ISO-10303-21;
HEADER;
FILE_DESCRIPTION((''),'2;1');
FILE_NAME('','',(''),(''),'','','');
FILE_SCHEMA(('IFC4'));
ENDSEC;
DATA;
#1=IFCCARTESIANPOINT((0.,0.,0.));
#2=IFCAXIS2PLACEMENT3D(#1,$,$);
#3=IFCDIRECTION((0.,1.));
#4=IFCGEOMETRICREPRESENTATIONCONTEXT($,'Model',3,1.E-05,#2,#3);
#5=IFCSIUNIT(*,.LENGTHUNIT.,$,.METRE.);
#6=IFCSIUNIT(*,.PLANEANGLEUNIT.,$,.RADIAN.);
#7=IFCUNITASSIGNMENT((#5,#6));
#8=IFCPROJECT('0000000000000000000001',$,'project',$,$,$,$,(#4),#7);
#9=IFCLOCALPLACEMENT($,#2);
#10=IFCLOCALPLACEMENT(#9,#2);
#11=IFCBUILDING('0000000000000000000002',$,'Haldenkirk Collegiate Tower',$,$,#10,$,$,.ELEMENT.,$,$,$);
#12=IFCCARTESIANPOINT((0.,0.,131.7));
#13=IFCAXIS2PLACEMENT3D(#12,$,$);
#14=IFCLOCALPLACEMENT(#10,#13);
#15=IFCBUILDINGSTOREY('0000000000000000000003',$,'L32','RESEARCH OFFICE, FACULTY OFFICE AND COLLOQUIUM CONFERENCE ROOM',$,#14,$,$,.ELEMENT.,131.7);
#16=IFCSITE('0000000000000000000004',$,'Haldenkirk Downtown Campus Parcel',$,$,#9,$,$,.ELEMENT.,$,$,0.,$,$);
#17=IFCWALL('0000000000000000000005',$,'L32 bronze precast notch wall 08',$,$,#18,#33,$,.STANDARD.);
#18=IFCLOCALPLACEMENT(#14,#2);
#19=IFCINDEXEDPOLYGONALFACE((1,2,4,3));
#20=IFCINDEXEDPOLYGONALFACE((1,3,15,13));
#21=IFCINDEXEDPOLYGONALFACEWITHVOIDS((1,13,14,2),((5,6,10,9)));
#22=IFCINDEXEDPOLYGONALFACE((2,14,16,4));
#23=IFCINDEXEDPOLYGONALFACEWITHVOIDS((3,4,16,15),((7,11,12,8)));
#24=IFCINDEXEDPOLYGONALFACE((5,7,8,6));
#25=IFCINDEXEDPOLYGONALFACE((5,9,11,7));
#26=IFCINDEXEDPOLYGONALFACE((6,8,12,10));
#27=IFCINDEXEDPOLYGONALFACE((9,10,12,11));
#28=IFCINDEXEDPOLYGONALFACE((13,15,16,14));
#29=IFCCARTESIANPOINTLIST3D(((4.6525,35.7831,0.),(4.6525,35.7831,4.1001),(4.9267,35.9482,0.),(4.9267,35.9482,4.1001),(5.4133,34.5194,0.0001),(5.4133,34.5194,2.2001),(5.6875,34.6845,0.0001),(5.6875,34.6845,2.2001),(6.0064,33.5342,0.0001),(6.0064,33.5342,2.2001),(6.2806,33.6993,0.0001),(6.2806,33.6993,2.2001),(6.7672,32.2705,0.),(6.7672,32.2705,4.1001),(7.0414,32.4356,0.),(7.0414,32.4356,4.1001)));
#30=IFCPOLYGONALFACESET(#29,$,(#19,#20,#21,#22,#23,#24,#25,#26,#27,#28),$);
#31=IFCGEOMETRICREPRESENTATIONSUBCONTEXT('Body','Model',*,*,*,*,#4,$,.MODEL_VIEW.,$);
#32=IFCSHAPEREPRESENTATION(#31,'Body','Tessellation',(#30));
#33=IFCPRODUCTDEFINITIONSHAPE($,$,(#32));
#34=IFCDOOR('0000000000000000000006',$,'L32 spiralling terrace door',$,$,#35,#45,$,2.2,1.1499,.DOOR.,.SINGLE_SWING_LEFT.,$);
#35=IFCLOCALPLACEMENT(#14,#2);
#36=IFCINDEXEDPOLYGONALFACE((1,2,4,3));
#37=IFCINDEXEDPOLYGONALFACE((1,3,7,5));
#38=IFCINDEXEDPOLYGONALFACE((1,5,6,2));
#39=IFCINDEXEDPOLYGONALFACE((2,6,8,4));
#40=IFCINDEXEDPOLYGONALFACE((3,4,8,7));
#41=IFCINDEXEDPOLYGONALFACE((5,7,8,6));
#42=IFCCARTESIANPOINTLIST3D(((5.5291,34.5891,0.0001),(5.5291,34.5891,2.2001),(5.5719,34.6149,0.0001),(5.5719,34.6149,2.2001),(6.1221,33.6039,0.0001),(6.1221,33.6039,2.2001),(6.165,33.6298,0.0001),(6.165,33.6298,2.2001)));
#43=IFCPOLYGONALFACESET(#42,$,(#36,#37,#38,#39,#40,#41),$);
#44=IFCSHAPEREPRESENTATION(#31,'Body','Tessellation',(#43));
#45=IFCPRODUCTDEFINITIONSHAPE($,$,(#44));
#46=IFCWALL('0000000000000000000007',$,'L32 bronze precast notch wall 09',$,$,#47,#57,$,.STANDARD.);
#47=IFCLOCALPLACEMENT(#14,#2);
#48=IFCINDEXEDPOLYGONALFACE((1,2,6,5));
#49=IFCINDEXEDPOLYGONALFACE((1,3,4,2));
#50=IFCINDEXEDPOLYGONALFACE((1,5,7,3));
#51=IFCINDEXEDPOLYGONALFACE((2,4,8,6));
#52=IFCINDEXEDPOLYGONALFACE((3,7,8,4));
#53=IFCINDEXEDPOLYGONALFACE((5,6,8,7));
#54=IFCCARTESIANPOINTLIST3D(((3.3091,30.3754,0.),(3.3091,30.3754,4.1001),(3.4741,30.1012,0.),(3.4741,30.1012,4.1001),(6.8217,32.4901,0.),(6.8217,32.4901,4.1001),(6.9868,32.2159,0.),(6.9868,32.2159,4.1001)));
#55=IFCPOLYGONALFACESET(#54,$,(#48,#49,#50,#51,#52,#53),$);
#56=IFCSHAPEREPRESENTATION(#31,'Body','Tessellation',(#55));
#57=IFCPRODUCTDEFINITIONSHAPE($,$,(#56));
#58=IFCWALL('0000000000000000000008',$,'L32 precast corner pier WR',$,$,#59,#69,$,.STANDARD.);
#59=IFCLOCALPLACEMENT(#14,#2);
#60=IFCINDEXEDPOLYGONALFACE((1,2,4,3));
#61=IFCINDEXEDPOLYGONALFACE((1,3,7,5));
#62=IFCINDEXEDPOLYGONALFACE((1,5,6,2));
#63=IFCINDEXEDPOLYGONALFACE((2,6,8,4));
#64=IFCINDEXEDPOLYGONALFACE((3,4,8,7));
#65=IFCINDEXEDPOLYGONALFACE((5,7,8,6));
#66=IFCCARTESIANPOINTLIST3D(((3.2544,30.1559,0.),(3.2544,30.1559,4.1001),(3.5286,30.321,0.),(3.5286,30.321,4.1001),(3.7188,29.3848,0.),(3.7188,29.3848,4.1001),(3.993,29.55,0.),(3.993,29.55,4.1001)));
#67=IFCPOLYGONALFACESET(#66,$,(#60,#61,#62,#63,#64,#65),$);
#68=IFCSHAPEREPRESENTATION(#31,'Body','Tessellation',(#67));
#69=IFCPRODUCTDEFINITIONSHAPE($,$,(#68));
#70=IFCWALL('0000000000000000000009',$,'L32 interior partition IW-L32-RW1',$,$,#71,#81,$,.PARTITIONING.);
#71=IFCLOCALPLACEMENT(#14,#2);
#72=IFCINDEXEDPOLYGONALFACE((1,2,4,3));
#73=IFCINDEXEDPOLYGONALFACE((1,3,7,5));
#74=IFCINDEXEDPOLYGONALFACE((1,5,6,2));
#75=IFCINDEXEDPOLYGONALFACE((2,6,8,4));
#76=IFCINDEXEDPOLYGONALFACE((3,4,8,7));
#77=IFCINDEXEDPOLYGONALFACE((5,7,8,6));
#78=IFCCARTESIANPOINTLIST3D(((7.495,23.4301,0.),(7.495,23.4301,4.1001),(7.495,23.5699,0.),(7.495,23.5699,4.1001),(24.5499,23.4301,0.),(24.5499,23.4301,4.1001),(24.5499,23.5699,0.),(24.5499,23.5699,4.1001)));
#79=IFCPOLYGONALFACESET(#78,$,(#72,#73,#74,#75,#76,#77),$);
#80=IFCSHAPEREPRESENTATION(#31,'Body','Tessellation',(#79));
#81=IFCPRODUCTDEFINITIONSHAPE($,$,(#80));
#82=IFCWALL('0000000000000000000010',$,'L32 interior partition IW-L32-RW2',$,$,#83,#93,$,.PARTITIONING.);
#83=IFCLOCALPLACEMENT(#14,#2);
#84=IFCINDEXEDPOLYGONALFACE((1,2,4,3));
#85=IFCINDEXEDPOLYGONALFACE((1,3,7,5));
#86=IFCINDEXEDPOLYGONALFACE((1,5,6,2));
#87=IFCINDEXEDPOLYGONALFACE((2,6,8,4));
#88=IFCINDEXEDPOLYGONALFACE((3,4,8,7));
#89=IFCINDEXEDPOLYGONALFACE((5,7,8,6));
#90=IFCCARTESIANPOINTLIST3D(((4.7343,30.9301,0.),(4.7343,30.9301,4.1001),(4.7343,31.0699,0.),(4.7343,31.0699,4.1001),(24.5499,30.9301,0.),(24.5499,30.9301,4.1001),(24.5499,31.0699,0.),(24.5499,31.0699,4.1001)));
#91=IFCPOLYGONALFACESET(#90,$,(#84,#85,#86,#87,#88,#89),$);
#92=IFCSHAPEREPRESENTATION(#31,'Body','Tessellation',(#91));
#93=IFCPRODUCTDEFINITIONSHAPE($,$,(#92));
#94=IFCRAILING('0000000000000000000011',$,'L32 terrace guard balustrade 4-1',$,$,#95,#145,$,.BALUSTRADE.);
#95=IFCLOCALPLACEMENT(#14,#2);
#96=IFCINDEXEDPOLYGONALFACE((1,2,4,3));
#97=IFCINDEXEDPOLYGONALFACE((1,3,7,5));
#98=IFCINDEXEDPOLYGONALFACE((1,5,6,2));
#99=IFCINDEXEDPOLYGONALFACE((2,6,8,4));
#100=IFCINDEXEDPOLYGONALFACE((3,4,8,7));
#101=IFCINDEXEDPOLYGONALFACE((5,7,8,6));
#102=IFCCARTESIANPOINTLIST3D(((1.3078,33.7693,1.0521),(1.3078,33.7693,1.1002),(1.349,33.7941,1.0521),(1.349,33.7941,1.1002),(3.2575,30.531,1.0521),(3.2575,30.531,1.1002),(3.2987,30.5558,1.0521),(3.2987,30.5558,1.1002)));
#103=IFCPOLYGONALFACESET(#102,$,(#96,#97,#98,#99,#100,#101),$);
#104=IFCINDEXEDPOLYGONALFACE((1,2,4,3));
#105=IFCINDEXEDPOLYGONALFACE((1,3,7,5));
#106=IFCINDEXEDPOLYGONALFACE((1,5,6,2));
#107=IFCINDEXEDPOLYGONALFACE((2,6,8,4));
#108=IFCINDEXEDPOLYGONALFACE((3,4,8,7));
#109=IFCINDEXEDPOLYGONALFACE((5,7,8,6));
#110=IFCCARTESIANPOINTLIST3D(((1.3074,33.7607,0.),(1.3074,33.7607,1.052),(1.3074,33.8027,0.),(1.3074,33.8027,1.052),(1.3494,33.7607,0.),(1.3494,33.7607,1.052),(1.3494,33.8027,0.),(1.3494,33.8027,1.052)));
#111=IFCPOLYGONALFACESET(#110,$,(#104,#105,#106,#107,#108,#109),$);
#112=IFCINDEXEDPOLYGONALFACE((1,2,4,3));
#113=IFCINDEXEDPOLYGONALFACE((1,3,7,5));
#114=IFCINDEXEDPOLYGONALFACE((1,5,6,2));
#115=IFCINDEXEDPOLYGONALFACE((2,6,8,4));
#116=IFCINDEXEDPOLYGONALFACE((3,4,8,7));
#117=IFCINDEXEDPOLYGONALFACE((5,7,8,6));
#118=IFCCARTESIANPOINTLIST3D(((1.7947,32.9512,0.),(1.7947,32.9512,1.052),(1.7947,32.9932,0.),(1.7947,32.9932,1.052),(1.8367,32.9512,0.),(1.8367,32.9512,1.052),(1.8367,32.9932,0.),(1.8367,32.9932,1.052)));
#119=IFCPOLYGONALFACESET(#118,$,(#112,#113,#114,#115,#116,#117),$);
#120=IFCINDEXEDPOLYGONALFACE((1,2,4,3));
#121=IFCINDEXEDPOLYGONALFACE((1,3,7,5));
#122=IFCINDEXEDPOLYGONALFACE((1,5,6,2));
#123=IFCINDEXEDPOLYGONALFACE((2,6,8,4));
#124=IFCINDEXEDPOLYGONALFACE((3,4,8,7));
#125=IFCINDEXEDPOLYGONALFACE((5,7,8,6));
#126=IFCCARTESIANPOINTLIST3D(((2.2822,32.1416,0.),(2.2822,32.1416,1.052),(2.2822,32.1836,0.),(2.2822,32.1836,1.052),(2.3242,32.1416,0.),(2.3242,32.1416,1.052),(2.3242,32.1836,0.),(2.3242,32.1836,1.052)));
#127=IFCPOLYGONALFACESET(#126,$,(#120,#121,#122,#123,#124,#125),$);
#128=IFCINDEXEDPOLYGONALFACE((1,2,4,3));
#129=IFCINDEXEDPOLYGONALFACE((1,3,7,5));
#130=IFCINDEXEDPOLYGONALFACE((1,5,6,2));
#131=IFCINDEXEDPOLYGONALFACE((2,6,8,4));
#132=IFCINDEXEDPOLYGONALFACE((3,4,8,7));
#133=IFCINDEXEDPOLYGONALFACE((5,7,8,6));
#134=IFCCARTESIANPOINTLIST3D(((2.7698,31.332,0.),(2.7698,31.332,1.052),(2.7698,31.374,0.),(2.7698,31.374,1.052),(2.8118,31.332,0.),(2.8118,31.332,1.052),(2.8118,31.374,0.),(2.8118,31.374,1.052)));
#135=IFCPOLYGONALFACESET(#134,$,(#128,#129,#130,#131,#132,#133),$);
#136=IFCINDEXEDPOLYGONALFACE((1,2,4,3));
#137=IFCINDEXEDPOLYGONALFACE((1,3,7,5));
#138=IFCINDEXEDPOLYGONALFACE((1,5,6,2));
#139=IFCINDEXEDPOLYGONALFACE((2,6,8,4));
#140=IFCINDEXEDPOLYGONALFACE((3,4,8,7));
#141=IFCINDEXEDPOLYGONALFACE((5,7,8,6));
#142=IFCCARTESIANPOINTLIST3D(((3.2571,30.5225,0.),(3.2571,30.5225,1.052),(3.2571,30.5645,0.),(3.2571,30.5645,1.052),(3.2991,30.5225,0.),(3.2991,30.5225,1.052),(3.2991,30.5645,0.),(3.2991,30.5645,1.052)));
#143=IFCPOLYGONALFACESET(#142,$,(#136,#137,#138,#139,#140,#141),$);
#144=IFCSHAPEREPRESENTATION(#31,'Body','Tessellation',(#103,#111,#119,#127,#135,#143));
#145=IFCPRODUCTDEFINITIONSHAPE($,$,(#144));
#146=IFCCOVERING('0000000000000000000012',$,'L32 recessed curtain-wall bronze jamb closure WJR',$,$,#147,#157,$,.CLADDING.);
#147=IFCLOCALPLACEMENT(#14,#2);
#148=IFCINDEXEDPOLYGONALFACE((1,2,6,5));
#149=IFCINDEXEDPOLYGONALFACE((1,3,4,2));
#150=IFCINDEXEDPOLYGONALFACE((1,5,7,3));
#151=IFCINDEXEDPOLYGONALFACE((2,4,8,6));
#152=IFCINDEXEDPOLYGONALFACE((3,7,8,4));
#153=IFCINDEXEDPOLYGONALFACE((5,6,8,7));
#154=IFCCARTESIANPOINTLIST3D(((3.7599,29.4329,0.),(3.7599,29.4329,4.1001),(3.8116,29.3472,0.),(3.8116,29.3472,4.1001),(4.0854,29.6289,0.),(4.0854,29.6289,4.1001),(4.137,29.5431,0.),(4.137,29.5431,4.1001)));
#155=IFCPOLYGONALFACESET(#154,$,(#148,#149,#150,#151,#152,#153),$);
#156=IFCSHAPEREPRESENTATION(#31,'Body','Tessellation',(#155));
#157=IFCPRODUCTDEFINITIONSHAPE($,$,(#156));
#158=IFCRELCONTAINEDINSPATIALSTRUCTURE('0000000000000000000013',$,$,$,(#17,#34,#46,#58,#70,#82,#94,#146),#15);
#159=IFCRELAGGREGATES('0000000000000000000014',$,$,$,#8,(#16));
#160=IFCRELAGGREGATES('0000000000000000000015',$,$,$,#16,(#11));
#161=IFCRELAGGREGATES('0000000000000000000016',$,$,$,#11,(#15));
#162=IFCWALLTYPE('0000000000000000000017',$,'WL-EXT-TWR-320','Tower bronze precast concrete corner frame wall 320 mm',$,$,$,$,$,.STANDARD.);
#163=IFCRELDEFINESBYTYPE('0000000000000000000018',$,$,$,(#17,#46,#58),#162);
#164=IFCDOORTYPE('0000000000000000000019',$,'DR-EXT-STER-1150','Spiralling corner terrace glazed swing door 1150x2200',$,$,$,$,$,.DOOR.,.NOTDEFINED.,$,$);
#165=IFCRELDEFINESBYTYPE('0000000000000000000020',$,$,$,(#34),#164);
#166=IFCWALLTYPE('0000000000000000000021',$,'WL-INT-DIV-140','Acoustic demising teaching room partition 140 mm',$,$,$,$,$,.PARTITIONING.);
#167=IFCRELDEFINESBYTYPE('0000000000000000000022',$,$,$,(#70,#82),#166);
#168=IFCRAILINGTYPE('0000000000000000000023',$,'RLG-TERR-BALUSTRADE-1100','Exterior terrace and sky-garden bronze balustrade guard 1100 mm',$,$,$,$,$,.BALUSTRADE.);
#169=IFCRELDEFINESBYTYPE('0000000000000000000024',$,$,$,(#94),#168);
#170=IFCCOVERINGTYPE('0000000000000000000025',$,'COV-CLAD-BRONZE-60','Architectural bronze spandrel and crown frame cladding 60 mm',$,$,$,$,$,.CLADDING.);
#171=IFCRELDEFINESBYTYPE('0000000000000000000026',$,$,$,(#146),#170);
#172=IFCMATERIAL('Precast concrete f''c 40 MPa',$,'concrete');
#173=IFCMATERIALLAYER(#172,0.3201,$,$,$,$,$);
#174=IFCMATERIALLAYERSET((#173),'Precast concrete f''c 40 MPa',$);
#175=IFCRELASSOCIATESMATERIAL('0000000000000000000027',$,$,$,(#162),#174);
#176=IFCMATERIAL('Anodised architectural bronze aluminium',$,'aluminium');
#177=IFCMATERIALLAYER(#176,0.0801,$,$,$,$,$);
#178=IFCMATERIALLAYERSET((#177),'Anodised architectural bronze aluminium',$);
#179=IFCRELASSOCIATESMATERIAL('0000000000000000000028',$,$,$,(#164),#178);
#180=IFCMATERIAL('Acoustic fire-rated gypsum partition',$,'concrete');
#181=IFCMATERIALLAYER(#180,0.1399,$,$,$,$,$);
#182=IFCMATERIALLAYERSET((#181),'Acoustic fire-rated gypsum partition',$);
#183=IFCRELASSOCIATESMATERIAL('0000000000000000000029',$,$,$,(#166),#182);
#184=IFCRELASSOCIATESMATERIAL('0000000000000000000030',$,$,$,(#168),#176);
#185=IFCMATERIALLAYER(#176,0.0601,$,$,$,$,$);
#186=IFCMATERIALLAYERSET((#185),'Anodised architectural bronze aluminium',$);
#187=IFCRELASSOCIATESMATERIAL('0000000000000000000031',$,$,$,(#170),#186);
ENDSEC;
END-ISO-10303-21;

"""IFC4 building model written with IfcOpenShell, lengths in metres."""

from ifc_helpers import new_model, si_unit, direction, frame, frame_2d, origin, origin_2d, place, context, subcontext, project, spatial, rectangle, extrude, source, transform, mapped, material, layer, layer_set, type_object, element, fill, save


model = new_model("IFC4")

# Units and contexts
model_context = context("Model", 3, precision=1e-05, world=origin(), true_north=direction((0.0, 1.0)))
body_context = subcontext(model_context, "Body", "Model", "MODEL_VIEW")
ifc_project = project(units=[si_unit("LENGTHUNIT", "METRE"), si_unit("PLANEANGLEUNIT", "RADIAN")], contexts=[model_context])

# Site, building, storey
site_placement = place(None, origin())
site = spatial("IfcSite", under=ifc_project, at=site_placement, Name="Haldenkirk Downtown Campus Parcel", CompositionType="ELEMENT", RefElevation=0.0)
building_placement = place(site_placement, origin())
building = spatial("IfcBuilding", under=site, at=building_placement, Name="Haldenkirk Collegiate Tower", CompositionType="ELEMENT")
storey_placement = place(building_placement, frame((0.0, 0.0, 131.7)))
storey = spatial("IfcBuildingStorey", under=building, at=storey_placement, Name="L32", Description="RESEARCH OFFICE, FACULTY OFFICE AND COLLOQUIUM CONFERENCE ROOM", CompositionType="ELEMENT", Elevation=131.7)

# Shared definitions
ifc_material_1 = material(Name="Anodised architectural bronze aluminium", Category="aluminium")

# Wall, opening, door
ifc_material_2 = material(Name="Precast concrete f'c 40 MPa", Category="concrete")
ifc_layer_1 = layer(ifc_material_2, 0.3201)
ifc_layer_set_1 = layer_set([ifc_layer_1], Name="Precast concrete f'c 40 MPa")
wall_type_1 = type_object("IfcWallType", Name="WL-EXT-TWR-320", Description="Tower bronze precast concrete corner frame wall 320 mm", PredefinedType="STANDARD", material=ifc_layer_set_1)
wall_1_placement = place(storey_placement, frame((6.9043, 32.353, 0.0), z_axis=(0.0, 0.0, 1.0), x_axis=(-0.515774, 0.856725, 0.0)))
wall_1 = element("IfcWall", 1, at=wall_1_placement, inside=storey, type_object=wall_type_1, Name="L32 bronze precast notch wall 08", PredefinedType="STANDARD", context=body_context, shape_type="SweptSolid", body=[
    extrude(rectangle(XDim=4.1001, YDim=0.3201, at=frame_2d((2.05, 0.0))), origin(), (0.0, 0.0, 1.0), 4.1001),
])
opening_1_placement = place(wall_1_placement, frame((1.4751, 0.0, 0.0)))
opening_1 = element("IfcOpeningElement", 2, at=opening_1_placement, cuts=wall_1, PredefinedType="OPENING", context=body_context, shape_type="SweptSolid", body=[
    extrude(rectangle(XDim=1.1499, YDim=2.2, at=frame_2d((0.575, 1.1001))), frame((0.0, 0.1699, 0.0), z_axis=(0.0, -1.0, 0.0), x_axis=(1.0, 0.0, 0.0)), (0.0, 0.0, 1.0), 0.3401),
])
ifc_layer_2 = layer(ifc_material_1, 0.0801)
ifc_layer_set_2 = layer_set([ifc_layer_2], Name="Anodised architectural bronze aluminium")
door_type_1 = type_object("IfcDoorType", Name="DR-EXT-STER-1150", Description="Spiralling corner terrace glazed swing door 1150x2200", OperationType="NOTDEFINED", PredefinedType="DOOR", material=ifc_layer_set_2)
door_1_placement = place(opening_1_placement, origin())
door_1 = element("IfcDoor", 3, at=door_1_placement, inside=storey, type_object=door_type_1, Name="L32 spiralling terrace door", OperationType="SINGLE_SWING_LEFT", OverallHeight=2.2, OverallWidth=1.1499, PredefinedType="DOOR", context=body_context, shape_type="SweptSolid", body=[
    extrude(rectangle(XDim=1.1499, YDim=2.2, at=frame_2d((0.575, 1.1001))), frame((0.0, 0.0249, 0.0), z_axis=(0.0, -1.0, 0.0), x_axis=(1.0, 0.0, 0.0)), (0.0, 0.0, 1.0), 0.05),
])
fill(opening_1, door_1)

# Walls
wall_2_placement = place(storey_placement, frame((3.3916, 30.2383, 0.0), z_axis=(0.0, 0.0, 1.0), x_axis=(0.856725, 0.515774, 0.0)))
element("IfcWall", 4, at=wall_2_placement, inside=storey, type_object=wall_type_1, Name="L32 bronze precast notch wall 09", PredefinedType="STANDARD", context=body_context, shape_type="SweptSolid", body=[
    extrude(rectangle(XDim=4.1001, YDim=0.3201, at=frame_2d((2.05, 0.0))), origin(), (0.0, 0.0, 1.0), 4.1001),
])
wall_3_placement = place(storey_placement, frame((3.856, 29.4673, 0.0), z_axis=(0.0, 0.0, 1.0), x_axis=(-0.515931, 0.85663, 0.0)))
element("IfcWall", 5, at=wall_3_placement, inside=storey, type_object=wall_type_1, Name="L32 precast corner pier WR", PredefinedType="STANDARD", context=body_context, shape_type="SweptSolid", body=[
    extrude(rectangle(XDim=0.9001, YDim=0.3201, at=frame_2d((0.4502, 0.0))), origin(), (0.0, 0.0, 1.0), 4.1001),
])

# Shared definitions
ifc_material_3 = material(Name="Acoustic fire-rated gypsum partition", Category="concrete")

# Walls
ifc_layer_3 = layer(ifc_material_3, 0.1399)
ifc_layer_set_3 = layer_set([ifc_layer_3], Name="Acoustic fire-rated gypsum partition")
wall_type_2 = type_object("IfcWallType", Name="WL-INT-DIV-140", Description="Acoustic demising teaching room partition 140 mm", PredefinedType="PARTITIONING", material=ifc_layer_set_3)
wall_4_placement = place(storey_placement, frame((7.4951, 23.5, 0.0), z_axis=(0.0, 0.0, 1.0), x_axis=(1.0, 0.0, 0.0)))
element("IfcWall", 6, at=wall_4_placement, inside=storey, type_object=wall_type_2, Name="L32 interior partition IW-L32-RW1", PredefinedType="PARTITIONING", context=body_context, shape_type="SweptSolid", body=[
    extrude(rectangle(XDim=17.0549, YDim=0.1399, at=frame_2d((8.5273, 0.0))), origin(), (0.0, 0.0, 1.0), 4.1001),
])
wall_5_placement = place(storey_placement, frame((4.7344, 31.0, 0.0), z_axis=(0.0, 0.0, 1.0), x_axis=(1.0, 0.0, 0.0)))
element("IfcWall", 7, at=wall_5_placement, inside=storey, type_object=wall_type_2, Name="L32 interior partition IW-L32-RW2", PredefinedType="PARTITIONING", context=body_context, shape_type="SweptSolid", body=[
    extrude(rectangle(XDim=19.8157, YDim=0.1399, at=frame_2d((9.9077, 0.0))), origin(), (0.0, 0.0, 1.0), 4.1001),
])

# Railing
railing_type = type_object("IfcRailingType", Name="RLG-TERR-BALUSTRADE-1100", Description="Exterior terrace and sky-garden bronze balustrade guard 1100 mm", PredefinedType="BALUSTRADE", material=ifc_material_1)
railing_placement = place(storey_placement, frame((1.3284, 33.7817, 0.0)))
element("IfcRailing", 8, at=railing_placement, inside=storey, type_object=railing_type, Name="L32 terrace guard balustrade 4-1", PredefinedType="BALUSTRADE", context=body_context, shape_type="SweptSolid", body=[
    extrude(rectangle(XDim=0.0481, YDim=0.0481, at=origin_2d()), frame((0.0, 0.0, 1.0762), z_axis=(0.515806, -0.856705, 0.0), x_axis=(0.856705, 0.515806, 0.0)), (0.0, 0.0, 1.0), 3.78),
    extrude(rectangle(XDim=0.042, YDim=0.042, at=origin_2d()), origin(), (0.0, 0.0, 1.0), 1.052),
    extrude(rectangle(XDim=0.042, YDim=0.042, at=origin_2d()), frame((0.4873, -0.8096, 0.0)), (0.0, 0.0, 1.0), 1.052),
    extrude(rectangle(XDim=0.042, YDim=0.042, at=origin_2d()), frame((0.9749, -1.6191, 0.0)), (0.0, 0.0, 1.0), 1.052),
    extrude(rectangle(XDim=0.042, YDim=0.042, at=origin_2d()), frame((1.4624, -2.4287, 0.0)), (0.0, 0.0, 1.0), 1.052),
    extrude(rectangle(XDim=0.042, YDim=0.042, at=origin_2d()), frame((1.9497, -3.2383, 0.0)), (0.0, 0.0, 1.0), 1.052),
])

# Covering
ifc_layer_4 = layer(ifc_material_1, 0.0601)
ifc_layer_set_4 = layer_set([ifc_layer_4], Name="Anodised architectural bronze aluminium")
covering_type = type_object("IfcCoveringType", Name="COV-CLAD-BRONZE-60", Description="Architectural bronze spandrel and crown frame cladding 60 mm", PredefinedType="CLADDING", material=ifc_layer_set_4)
shared_shape_1 = source(origin(), body_context, "Body", "SweptSolid", [
    extrude(rectangle(XDim=0.1001, YDim=0.3799, at=origin_2d()), origin(), (0.0, 0.0, 1.0), 4.1001),
])
covering_placement = place(storey_placement, frame((3.9485, 29.488, 0.0), z_axis=(0.0, 0.0, 1.0), x_axis=(-0.515786, 0.856718, 0.0)))
element("IfcCovering", 9, at=covering_placement, inside=storey, type_object=covering_type, Name="L32 recessed curtain-wall bronze jamb closure WJR", PredefinedType="CLADDING", context=body_context, shape_type="MappedRepresentation", body=[
    mapped(shared_shape_1, transform((0.0, 0.0, 0.0), x_axis=(1.0, 0.0, 0.0), y_axis=(0.0, 1.0, 0.0), z_axis=(0.0, 0.0, 1.0), scale=1.0)),
])

save(model, "model.ifc")
